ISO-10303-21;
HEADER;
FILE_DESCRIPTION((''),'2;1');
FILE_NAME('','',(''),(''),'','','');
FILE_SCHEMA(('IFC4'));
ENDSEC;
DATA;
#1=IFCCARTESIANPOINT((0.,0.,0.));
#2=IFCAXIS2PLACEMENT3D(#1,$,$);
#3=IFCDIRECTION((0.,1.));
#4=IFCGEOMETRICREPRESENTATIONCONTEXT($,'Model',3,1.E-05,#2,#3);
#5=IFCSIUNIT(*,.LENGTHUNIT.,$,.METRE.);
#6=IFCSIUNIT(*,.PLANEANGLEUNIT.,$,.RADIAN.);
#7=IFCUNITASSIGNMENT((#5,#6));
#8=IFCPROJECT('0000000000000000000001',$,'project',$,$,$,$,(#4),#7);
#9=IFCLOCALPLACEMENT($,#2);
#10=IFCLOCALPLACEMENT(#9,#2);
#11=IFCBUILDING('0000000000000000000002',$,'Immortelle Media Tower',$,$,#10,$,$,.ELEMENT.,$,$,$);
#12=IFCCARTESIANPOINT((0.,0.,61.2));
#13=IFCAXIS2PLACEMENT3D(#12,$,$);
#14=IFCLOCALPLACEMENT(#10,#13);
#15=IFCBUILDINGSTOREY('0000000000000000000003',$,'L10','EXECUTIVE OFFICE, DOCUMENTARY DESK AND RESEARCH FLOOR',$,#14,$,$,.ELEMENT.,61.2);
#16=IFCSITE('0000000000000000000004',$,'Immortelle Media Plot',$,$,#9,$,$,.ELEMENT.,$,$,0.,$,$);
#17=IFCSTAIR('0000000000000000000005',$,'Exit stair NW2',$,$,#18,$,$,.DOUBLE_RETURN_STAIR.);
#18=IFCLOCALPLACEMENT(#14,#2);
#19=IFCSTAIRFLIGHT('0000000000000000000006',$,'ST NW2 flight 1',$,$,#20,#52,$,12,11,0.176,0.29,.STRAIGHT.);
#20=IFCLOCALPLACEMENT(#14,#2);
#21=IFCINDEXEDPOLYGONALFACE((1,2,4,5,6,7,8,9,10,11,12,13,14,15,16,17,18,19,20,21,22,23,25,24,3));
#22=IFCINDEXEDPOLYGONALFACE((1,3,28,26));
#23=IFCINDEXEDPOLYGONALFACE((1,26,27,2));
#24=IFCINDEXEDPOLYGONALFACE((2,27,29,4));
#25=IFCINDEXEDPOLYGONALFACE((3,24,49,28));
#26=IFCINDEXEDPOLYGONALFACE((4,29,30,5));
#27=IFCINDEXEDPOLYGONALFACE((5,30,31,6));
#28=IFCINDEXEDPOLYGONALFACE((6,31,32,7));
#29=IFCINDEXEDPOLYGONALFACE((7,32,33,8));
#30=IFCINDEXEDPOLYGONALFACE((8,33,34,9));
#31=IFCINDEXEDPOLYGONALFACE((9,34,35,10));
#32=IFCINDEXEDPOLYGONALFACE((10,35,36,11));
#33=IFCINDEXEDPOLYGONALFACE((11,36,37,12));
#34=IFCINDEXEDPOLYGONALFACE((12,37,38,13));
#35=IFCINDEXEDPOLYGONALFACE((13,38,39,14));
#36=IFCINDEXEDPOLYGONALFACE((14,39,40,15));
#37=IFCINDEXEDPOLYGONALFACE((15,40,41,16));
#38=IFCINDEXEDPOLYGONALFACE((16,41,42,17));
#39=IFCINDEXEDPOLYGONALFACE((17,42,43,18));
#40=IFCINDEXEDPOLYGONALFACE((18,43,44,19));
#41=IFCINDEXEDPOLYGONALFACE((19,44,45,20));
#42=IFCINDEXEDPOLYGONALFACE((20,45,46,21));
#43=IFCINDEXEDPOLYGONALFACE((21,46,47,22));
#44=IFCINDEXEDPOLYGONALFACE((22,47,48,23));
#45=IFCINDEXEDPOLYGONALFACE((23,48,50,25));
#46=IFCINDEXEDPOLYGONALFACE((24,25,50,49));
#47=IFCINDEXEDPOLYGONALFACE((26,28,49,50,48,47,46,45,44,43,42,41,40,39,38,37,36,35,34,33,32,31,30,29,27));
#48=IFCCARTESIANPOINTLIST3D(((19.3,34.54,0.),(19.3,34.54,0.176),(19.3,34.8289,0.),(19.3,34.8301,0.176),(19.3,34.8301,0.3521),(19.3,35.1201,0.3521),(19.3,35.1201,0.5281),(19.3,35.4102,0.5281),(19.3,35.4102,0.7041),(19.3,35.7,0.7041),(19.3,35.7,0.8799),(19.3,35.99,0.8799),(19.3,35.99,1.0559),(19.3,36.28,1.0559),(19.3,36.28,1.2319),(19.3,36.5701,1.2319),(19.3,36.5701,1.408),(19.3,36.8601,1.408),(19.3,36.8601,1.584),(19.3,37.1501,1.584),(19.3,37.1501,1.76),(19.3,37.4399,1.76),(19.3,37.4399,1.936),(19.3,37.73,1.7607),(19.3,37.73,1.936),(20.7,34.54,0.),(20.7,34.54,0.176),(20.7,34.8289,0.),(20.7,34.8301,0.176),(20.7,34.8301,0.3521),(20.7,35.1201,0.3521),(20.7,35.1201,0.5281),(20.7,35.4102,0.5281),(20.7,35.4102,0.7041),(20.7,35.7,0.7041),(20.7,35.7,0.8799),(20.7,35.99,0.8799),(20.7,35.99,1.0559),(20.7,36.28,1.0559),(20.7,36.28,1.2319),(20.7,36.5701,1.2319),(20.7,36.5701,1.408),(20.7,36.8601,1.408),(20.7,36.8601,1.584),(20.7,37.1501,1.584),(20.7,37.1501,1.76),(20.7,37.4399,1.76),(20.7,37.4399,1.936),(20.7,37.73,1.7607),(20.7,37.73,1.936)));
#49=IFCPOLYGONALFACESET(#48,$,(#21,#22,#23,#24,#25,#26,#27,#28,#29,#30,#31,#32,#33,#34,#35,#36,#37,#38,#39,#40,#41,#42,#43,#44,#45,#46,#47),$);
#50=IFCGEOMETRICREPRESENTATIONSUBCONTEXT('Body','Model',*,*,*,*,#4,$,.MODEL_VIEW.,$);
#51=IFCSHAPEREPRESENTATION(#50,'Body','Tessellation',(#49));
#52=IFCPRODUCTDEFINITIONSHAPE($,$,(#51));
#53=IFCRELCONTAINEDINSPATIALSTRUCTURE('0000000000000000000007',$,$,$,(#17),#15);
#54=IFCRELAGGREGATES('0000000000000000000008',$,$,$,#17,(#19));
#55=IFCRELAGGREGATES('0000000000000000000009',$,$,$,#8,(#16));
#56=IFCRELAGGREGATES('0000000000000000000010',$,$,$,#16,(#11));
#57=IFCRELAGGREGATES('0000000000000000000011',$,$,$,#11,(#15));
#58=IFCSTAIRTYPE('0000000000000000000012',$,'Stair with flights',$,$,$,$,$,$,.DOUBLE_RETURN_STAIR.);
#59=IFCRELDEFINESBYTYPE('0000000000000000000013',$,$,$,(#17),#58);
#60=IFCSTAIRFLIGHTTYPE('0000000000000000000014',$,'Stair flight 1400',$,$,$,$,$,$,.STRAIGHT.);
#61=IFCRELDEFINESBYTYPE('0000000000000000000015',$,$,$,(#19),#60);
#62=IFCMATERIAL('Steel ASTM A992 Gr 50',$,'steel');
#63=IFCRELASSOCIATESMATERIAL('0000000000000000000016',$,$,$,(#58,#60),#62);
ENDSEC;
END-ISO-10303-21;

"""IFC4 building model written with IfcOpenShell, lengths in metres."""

from ifc_helpers import new_model, si_unit, direction, frame, origin, place, context, subcontext, project, spatial, polyline, outline, extrude, material, type_object, element, aggregate, save


model = new_model("IFC4")

# Units and contexts
model_context = context("Model", 3, precision=1e-05, world=origin(), true_north=direction((0.0, 1.0)))
body_context = subcontext(model_context, "Body", "Model", "MODEL_VIEW")
ifc_project = project(units=[si_unit("LENGTHUNIT", "METRE"), si_unit("PLANEANGLEUNIT", "RADIAN")], contexts=[model_context])

# Site, building, storey
site_placement = place(None, origin())
site = spatial("IfcSite", under=ifc_project, at=site_placement, Name="Immortelle Media Plot", CompositionType="ELEMENT", RefElevation=0.0)
building_placement = place(site_placement, origin())
building = spatial("IfcBuilding", under=site, at=building_placement, Name="Immortelle Media Tower", CompositionType="ELEMENT")
storey_placement = place(building_placement, frame((0.0, 0.0, 61.2)))
storey = spatial("IfcBuildingStorey", under=building, at=storey_placement, Name="L10", Description="EXECUTIVE OFFICE, DOCUMENTARY DESK AND RESEARCH FLOOR", CompositionType="ELEMENT", Elevation=61.2)

# Shared definitions
ifc_material_1 = material(Name="Steel ASTM A992 Gr 50", Category="steel")

# Stair, stair flight
stair_type = type_object("IfcStairType", Name="Stair with flights", PredefinedType="DOUBLE_RETURN_STAIR", material=ifc_material_1)
stair_placement = place(storey_placement, origin())
stair = element("IfcStair", 1, at=stair_placement, inside=storey, type_object=stair_type, Name="Exit stair NW2", PredefinedType="DOUBLE_RETURN_STAIR")
stair_flight_type = type_object("IfcStairFlightType", Name="Stair flight 1400", PredefinedType="STRAIGHT", material=ifc_material_1)
stair_flight_placement = place(storey_placement, frame((20.0, 34.54, 0.0), z_axis=(0.0, 0.0, 1.0), x_axis=(0.0, 1.0, 0.0)))
stair_flight = element("IfcStairFlight", 2, at=stair_flight_placement, type_object=stair_flight_type, Name="ST NW2 flight 1", NumberOfRisers=12, NumberOfTreads=11, PredefinedType="STRAIGHT", RiserHeight=0.176, TreadLength=0.29, context=body_context, shape_type="SweptSolid", body=[
    extrude(outline(polyline([(0.0, 0.0), (0.0, 0.176), (0.29, 0.176), (0.29, 0.3521), (0.5801, 0.3521), (0.5801, 0.5281), (0.8701, 0.5281), (0.8701, 0.7041), (1.1599, 0.7041), (1.1599, 0.8799), (1.45, 0.8799), (1.45, 1.0559), (1.74, 1.0559), (1.74, 1.2319), (2.03, 1.2319), (2.03, 1.408), (2.3201, 1.408), (2.3201, 1.584), (2.6101, 1.584), (2.6101, 1.76), (2.8999, 1.76), (2.8999, 1.936), (3.1899, 1.936), (3.1899, 2.1121), (3.1899, 1.7607), (0.2888, 0.0), (0.0, 0.0)])), frame((0.0, 0.7, 0.0), z_axis=(0.0, -1.0, 0.0), x_axis=(1.0, 0.0, 0.0)), (0.0, 0.0, 1.0), 1.3999),
])
aggregate(stair, [stair_flight])

save(model, "model.ifc")
